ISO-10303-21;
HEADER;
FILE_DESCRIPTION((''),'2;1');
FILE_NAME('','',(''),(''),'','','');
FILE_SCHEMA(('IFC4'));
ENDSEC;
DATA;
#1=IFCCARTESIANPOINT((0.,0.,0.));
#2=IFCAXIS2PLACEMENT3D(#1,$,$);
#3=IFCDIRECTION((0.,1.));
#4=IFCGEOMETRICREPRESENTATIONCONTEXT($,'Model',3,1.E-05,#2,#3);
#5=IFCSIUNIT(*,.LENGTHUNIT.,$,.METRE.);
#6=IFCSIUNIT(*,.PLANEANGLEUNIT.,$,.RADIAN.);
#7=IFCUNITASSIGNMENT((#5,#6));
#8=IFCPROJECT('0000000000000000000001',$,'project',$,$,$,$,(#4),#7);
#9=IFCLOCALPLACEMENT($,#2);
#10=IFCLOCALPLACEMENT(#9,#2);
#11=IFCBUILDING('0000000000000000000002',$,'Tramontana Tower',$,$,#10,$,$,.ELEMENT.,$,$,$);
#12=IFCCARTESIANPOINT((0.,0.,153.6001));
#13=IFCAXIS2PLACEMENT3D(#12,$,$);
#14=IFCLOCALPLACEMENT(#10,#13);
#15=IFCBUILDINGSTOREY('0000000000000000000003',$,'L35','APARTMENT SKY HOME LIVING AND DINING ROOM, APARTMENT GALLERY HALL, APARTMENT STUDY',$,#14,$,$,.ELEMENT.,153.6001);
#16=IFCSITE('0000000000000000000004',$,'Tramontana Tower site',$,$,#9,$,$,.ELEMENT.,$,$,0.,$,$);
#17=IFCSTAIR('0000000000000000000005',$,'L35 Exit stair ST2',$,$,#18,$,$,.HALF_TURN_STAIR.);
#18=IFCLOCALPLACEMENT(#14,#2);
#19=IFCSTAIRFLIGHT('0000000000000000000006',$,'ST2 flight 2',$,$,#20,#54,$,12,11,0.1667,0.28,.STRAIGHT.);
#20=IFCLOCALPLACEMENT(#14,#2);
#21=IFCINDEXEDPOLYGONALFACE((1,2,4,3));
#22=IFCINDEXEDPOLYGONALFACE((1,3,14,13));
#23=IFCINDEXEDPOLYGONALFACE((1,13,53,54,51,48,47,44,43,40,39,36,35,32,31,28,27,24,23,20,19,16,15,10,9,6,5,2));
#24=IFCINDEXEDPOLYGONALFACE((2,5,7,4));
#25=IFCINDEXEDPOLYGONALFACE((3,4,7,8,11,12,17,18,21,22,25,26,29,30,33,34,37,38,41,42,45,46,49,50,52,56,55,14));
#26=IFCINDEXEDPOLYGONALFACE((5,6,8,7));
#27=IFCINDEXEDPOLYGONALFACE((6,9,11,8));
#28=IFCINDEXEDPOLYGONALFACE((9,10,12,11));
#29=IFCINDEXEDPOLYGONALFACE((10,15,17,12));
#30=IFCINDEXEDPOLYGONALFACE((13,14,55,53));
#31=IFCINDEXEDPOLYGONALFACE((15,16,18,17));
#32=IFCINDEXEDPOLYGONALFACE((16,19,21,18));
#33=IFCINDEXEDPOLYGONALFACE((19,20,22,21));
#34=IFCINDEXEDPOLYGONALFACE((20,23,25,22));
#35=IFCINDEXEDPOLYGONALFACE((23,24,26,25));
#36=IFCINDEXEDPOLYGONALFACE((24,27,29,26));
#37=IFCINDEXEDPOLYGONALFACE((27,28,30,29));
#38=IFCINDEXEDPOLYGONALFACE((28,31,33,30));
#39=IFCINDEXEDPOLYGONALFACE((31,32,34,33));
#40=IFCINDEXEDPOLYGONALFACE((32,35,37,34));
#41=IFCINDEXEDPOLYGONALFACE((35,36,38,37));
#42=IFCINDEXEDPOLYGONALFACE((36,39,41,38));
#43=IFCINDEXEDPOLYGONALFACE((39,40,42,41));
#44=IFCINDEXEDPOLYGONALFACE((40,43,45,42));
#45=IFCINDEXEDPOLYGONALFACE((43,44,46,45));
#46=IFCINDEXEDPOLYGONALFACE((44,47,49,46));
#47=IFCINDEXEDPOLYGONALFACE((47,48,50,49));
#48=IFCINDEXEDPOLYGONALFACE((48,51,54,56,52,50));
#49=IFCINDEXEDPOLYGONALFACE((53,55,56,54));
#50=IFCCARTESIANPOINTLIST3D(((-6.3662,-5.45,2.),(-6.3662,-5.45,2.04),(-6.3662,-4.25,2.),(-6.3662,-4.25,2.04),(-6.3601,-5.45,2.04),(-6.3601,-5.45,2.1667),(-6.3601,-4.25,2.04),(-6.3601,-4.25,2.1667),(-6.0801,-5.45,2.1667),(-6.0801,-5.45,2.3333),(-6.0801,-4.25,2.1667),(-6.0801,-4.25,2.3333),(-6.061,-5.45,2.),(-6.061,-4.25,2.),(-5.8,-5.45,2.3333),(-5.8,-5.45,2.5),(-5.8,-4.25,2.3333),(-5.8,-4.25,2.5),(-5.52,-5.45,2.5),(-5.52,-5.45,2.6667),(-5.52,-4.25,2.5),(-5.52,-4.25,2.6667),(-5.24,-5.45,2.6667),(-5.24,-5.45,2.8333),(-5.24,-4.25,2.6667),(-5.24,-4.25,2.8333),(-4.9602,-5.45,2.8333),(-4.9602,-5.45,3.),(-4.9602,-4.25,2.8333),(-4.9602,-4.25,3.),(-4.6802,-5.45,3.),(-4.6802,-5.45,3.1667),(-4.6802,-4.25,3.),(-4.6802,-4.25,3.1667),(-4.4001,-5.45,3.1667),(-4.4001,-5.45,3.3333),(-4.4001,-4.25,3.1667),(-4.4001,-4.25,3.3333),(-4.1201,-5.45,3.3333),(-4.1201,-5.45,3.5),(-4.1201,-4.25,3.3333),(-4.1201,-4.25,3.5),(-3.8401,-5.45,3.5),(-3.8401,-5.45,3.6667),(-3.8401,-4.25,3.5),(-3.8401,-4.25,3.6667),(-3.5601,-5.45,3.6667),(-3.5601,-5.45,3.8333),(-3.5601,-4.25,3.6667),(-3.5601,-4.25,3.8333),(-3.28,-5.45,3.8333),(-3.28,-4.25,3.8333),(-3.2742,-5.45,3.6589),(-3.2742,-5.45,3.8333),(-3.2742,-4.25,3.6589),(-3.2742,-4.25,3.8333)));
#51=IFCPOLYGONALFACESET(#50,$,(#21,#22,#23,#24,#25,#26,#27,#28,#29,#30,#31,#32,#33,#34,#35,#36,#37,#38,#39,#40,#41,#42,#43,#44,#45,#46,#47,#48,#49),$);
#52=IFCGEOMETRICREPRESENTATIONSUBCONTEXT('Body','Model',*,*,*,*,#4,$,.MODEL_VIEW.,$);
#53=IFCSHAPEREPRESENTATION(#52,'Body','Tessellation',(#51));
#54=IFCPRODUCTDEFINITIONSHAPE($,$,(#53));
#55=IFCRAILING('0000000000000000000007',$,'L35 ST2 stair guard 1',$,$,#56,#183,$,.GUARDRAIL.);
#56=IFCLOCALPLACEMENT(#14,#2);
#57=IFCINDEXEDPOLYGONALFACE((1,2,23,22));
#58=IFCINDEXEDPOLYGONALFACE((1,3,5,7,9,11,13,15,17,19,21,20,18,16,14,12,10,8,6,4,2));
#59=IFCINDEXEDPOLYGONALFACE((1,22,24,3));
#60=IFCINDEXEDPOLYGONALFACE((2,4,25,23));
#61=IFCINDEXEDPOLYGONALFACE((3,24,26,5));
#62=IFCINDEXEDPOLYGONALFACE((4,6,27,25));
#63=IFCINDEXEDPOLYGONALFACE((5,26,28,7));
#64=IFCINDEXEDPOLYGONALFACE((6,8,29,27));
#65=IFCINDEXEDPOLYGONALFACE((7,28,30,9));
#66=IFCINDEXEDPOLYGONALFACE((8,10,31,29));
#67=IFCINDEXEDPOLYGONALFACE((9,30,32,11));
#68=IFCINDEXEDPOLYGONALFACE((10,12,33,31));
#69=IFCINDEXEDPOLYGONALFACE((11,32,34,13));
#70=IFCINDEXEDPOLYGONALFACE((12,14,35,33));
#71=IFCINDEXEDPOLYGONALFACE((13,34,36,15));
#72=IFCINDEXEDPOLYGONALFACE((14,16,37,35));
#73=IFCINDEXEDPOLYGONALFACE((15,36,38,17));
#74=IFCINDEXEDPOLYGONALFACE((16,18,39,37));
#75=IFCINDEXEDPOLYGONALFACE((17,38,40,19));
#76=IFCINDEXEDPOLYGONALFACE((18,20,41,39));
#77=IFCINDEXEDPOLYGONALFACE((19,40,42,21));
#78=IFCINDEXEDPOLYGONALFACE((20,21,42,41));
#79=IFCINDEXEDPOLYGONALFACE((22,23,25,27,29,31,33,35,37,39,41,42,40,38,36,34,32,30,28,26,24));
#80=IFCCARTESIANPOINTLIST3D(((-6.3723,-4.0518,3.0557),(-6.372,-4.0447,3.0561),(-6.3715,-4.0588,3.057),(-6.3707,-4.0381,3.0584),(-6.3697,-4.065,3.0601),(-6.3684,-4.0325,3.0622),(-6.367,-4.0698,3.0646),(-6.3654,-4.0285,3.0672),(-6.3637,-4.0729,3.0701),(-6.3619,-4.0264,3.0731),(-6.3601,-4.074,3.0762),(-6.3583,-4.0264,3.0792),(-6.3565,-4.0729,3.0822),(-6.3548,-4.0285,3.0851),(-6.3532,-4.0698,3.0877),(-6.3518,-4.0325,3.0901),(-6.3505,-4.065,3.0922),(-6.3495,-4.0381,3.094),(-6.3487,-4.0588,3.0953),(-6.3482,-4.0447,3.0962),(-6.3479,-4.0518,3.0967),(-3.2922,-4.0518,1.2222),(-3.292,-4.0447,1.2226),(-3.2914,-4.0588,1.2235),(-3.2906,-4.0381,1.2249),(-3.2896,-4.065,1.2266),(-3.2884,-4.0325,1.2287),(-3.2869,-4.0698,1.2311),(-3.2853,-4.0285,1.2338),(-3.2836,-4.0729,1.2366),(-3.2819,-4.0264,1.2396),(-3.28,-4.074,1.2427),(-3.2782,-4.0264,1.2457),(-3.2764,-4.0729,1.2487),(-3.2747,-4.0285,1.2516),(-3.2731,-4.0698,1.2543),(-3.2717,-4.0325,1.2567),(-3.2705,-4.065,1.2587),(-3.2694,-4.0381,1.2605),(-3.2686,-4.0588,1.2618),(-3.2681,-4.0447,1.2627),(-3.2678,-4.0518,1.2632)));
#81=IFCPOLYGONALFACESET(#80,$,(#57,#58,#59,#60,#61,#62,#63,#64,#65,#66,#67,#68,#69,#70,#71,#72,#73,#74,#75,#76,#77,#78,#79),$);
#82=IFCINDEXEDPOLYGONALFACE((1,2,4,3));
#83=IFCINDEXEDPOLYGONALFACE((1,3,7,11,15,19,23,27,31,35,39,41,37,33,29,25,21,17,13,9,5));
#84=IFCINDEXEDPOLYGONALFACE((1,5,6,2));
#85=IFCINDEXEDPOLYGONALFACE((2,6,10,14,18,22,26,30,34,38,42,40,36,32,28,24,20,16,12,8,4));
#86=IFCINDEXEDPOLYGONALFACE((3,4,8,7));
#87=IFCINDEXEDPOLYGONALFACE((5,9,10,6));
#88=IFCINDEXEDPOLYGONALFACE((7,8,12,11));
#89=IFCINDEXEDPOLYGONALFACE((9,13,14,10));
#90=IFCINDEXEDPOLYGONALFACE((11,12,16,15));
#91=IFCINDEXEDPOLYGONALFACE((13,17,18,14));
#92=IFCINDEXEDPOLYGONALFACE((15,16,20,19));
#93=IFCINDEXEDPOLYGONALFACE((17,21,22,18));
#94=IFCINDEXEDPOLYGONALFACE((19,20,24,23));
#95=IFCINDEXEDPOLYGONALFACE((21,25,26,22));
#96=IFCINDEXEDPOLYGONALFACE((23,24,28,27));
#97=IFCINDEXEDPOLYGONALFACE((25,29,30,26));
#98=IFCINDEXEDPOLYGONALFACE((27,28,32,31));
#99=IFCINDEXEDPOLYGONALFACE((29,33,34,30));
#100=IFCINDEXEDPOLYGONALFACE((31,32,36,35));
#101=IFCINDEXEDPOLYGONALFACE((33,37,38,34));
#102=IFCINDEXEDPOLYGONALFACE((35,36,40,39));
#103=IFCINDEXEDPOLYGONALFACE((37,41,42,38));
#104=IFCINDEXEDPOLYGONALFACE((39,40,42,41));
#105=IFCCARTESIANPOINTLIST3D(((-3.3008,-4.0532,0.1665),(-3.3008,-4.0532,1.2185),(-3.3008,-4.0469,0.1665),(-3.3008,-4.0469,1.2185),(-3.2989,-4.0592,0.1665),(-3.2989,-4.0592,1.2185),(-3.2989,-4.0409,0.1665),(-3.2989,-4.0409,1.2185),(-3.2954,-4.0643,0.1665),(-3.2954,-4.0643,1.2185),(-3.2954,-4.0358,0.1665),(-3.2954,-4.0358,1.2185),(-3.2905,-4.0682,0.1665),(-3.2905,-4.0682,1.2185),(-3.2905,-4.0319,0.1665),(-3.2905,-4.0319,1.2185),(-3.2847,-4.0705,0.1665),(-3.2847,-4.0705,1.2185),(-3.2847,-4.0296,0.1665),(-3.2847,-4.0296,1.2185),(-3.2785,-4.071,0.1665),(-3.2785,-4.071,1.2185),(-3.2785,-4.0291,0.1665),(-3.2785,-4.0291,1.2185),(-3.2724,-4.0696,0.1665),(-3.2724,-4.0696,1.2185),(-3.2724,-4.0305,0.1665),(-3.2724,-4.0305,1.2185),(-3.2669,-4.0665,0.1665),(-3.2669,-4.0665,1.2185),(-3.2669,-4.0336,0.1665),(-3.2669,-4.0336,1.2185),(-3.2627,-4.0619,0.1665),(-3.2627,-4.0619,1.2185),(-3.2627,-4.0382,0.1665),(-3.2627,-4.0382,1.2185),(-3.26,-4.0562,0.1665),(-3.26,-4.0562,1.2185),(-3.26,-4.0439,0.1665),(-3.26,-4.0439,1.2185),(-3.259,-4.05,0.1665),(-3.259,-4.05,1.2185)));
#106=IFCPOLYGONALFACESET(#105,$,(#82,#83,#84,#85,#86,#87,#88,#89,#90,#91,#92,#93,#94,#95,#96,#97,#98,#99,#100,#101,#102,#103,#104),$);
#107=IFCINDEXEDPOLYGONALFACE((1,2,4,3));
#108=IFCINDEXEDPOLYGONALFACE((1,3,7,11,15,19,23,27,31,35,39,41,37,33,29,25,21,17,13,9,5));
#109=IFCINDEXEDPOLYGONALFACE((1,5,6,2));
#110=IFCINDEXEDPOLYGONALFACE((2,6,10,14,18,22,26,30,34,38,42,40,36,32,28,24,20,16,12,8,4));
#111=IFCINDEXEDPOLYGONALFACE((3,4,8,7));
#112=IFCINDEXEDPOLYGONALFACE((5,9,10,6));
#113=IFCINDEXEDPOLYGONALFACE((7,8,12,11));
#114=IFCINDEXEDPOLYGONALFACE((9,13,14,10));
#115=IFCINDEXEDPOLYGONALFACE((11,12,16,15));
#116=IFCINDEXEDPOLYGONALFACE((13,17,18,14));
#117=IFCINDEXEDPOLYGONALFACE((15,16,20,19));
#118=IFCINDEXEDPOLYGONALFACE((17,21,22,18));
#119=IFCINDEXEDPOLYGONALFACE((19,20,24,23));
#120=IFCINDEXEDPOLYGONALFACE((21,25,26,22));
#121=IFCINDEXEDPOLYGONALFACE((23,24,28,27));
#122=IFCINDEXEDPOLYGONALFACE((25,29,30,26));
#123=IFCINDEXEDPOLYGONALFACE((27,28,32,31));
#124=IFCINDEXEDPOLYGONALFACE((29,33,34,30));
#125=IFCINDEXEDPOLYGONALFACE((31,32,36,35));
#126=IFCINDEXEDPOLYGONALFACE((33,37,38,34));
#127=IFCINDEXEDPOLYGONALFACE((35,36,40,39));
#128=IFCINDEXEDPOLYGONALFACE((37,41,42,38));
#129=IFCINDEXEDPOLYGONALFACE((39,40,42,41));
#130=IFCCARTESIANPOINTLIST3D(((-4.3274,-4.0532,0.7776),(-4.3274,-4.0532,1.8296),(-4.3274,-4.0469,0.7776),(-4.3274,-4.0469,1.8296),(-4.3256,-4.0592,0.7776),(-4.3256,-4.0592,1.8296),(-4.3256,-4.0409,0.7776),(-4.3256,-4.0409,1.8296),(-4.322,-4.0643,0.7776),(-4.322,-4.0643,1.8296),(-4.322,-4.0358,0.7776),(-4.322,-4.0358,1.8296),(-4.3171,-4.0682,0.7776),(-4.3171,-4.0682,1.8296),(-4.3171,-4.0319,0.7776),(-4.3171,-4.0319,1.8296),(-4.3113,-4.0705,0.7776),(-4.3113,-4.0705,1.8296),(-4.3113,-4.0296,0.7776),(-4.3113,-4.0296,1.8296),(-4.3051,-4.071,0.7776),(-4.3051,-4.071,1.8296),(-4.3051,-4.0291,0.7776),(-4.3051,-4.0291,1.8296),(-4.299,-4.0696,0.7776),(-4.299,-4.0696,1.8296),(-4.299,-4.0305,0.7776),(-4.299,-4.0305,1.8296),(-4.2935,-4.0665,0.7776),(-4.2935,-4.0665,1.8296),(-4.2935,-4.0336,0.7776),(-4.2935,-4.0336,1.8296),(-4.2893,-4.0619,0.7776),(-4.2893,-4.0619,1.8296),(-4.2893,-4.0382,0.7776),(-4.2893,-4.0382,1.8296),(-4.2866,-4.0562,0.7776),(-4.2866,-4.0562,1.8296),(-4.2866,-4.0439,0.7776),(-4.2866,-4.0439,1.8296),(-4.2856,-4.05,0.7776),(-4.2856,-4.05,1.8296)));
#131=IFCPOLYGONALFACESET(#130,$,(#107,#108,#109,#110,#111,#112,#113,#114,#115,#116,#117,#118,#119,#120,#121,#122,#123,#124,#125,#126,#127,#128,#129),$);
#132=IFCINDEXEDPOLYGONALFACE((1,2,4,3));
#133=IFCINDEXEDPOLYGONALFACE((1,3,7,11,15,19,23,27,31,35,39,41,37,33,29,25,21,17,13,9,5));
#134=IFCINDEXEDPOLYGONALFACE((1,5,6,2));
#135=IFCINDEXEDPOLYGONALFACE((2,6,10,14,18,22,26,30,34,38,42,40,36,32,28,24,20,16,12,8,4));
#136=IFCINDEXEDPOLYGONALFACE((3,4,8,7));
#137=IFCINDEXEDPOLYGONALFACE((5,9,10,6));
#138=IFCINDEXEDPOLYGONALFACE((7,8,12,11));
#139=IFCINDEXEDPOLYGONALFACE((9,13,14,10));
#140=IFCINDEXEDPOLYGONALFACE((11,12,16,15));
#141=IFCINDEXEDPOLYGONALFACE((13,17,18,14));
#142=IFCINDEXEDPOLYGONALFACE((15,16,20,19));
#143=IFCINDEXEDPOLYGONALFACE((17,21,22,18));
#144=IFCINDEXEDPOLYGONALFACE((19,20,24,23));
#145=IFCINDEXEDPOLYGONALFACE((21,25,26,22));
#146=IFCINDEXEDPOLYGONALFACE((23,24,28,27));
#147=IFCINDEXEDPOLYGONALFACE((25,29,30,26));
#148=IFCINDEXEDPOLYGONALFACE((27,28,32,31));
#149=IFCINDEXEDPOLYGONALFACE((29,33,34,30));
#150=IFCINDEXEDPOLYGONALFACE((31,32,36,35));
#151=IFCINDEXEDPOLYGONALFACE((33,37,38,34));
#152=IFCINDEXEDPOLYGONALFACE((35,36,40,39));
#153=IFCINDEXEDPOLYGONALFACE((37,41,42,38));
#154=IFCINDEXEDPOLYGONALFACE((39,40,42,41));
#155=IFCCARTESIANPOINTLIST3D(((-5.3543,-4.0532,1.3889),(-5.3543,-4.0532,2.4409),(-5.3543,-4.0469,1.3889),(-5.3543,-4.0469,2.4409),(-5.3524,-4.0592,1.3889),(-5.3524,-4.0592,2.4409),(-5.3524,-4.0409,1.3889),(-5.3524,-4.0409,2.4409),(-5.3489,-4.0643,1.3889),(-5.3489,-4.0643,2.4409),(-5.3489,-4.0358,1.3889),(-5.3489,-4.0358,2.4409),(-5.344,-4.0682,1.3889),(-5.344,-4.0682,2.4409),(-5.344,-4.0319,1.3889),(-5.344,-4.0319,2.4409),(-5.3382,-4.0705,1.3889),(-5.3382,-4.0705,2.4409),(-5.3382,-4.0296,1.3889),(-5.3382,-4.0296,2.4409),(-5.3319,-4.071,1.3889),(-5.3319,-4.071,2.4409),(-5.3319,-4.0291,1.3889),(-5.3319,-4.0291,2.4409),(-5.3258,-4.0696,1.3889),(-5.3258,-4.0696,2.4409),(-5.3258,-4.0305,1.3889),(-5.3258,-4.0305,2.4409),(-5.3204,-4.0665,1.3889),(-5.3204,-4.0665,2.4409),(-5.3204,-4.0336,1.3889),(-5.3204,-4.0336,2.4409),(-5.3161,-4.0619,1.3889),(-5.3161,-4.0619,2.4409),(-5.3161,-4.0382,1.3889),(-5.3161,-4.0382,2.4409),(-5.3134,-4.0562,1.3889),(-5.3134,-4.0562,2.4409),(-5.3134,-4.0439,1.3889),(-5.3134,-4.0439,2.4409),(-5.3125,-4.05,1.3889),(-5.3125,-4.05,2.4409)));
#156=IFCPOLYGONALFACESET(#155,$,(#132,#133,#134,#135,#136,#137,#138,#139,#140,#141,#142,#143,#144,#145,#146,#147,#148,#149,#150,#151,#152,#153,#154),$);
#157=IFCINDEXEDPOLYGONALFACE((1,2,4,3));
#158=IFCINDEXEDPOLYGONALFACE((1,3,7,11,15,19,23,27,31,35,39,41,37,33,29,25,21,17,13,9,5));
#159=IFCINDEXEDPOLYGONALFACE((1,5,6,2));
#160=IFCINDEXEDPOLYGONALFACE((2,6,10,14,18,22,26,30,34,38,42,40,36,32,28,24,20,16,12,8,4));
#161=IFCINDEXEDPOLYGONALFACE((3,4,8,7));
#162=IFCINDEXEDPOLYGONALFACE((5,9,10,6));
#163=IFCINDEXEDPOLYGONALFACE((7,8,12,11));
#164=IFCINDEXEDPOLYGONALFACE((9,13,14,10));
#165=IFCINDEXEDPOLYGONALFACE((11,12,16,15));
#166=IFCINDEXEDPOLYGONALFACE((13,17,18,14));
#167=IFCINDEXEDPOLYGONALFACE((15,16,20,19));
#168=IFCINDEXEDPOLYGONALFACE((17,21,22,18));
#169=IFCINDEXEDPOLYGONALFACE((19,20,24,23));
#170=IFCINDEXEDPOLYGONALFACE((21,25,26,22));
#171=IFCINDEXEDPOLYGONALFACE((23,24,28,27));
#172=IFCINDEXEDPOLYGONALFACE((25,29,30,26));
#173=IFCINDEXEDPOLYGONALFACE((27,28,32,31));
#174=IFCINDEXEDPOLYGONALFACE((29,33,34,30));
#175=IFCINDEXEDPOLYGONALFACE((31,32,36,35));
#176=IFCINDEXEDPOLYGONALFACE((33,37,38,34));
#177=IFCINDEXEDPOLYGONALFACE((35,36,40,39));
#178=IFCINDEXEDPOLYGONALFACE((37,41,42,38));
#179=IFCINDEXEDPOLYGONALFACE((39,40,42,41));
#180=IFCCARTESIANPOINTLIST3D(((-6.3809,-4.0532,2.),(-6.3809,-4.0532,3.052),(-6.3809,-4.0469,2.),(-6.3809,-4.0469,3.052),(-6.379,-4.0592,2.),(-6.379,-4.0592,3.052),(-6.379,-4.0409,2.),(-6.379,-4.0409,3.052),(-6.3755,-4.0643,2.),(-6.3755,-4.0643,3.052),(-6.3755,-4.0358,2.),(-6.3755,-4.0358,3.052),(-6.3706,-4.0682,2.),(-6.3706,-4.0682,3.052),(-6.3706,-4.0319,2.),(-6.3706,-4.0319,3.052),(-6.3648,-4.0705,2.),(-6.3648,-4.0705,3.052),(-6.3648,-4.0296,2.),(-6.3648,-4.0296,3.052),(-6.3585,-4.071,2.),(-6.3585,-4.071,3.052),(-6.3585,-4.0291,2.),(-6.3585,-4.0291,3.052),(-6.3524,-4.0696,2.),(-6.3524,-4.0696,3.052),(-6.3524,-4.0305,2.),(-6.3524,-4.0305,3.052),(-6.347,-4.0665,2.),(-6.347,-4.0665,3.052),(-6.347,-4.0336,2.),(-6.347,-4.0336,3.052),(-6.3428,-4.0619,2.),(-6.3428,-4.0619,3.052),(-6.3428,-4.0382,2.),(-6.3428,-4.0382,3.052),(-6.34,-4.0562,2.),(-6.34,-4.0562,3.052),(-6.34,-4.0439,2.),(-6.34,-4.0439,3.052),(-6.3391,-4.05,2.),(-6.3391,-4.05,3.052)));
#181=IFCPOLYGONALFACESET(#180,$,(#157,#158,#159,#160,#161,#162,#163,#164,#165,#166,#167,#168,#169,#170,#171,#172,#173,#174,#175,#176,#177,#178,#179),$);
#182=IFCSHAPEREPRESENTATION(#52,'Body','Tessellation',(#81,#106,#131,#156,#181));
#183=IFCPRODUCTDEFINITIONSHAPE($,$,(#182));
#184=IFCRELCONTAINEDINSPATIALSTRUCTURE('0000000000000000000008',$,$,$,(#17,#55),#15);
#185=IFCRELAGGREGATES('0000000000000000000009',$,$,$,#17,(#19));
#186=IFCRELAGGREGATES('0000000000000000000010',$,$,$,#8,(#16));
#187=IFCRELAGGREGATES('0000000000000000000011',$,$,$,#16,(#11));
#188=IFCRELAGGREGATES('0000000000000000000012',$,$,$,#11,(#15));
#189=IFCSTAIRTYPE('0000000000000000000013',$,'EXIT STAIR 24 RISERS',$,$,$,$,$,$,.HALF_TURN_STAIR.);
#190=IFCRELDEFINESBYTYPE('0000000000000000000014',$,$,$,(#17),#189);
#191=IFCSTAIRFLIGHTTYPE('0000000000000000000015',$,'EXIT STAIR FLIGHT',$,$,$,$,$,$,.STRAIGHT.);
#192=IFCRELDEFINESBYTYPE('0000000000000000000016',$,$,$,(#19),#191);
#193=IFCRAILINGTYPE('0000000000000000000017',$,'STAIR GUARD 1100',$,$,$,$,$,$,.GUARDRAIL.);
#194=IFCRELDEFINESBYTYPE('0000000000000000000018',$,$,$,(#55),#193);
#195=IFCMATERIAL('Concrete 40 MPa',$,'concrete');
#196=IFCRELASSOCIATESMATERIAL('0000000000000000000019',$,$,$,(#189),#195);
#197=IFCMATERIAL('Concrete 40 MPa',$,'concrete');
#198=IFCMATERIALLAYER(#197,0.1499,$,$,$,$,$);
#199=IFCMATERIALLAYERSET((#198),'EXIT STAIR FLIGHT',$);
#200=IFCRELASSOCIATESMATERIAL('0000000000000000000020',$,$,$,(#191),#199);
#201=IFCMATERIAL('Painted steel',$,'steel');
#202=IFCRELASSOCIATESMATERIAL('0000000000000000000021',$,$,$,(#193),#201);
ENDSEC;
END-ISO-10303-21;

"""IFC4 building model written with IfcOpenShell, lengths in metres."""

from ifc_helpers import new_model, si_unit, direction, frame, origin, origin_2d, place, context, subcontext, project, spatial, polyline, circle, outline, extrude, material, layer, layer_set, type_object, element, aggregate, save


model = new_model("IFC4")

# Units and contexts
model_context = context("Model", 3, precision=1e-05, world=origin(), true_north=direction((0.0, 1.0)))
body_context = subcontext(model_context, "Body", "Model", "MODEL_VIEW")
ifc_project = project(units=[si_unit("LENGTHUNIT", "METRE"), si_unit("PLANEANGLEUNIT", "RADIAN")], contexts=[model_context])

# Site, building, storey
site_placement = place(None, origin())
site = spatial("IfcSite", under=ifc_project, at=site_placement, Name="Tramontana Tower site", CompositionType="ELEMENT", RefElevation=0.0)
building_placement = place(site_placement, origin())
building = spatial("IfcBuilding", under=site, at=building_placement, Name="Tramontana Tower", CompositionType="ELEMENT")
storey_placement = place(building_placement, frame((0.0, 0.0, 153.6001)))
storey = spatial("IfcBuildingStorey", under=building, at=storey_placement, Name="L35", Description="APARTMENT SKY HOME LIVING AND DINING ROOM, APARTMENT GALLERY HALL, APARTMENT STUDY", CompositionType="ELEMENT", Elevation=153.6001)

# Stair, stair flight
ifc_material_1 = material(Name="Concrete 40 MPa", Category="concrete")
stair_type = type_object("IfcStairType", Name="EXIT STAIR 24 RISERS", PredefinedType="HALF_TURN_STAIR", material=ifc_material_1)
stair_placement = place(storey_placement, origin())
stair = element("IfcStair", 1, at=stair_placement, inside=storey, type_object=stair_type, Name="L35 Exit stair ST2", PredefinedType="HALF_TURN_STAIR")
ifc_material_2 = material(Name="Concrete 40 MPa", Category="concrete")
ifc_layer_1 = layer(ifc_material_2, 0.1499)
ifc_layer_set_1 = layer_set([ifc_layer_1], Name="EXIT STAIR FLIGHT")
stair_flight_type = type_object("IfcStairFlightType", Name="EXIT STAIR FLIGHT", PredefinedType="STRAIGHT", material=ifc_layer_set_1)
stair_flight_1_placement = place(storey_placement, frame((-6.3601, -4.8501, 2.0), z_axis=(0.0, 0.0, 1.0), x_axis=(1.0, 0.0, 0.0)))
stair_flight_1 = element("IfcStairFlight", 2, at=stair_flight_1_placement, type_object=stair_flight_type, Name="ST2 flight 2", NumberOfRisers=12, NumberOfTreads=11, PredefinedType="STRAIGHT", RiserHeight=0.1667, TreadLength=0.28, context=body_context, shape_type="SweptSolid", body=[
    extrude(outline(polyline([(-0.0061, 0.0), (-0.0061, 0.04), (0.0, 0.04), (0.0, 0.1667), (0.28, 0.1667), (0.28, 0.3333), (0.5601, 0.3333), (0.5601, 0.5), (0.8401, 0.5), (0.8401, 0.6667), (1.1201, 0.6667), (1.1201, 0.8333), (1.3999, 0.8333), (1.3999, 1.0), (1.6799, 1.0), (1.6799, 1.1667), (1.96, 1.1667), (1.96, 1.3333), (2.24, 1.3333), (2.24, 1.5), (2.52, 1.5), (2.52, 1.6667), (2.8, 1.6667), (2.8, 1.8333), (3.0801, 1.8333), (3.0859, 1.8333), (3.0859, 1.6589), (0.2991, 0.0), (-0.0061, 0.0)])), frame((0.0, 0.6001, 0.0), z_axis=(0.0, -1.0, 0.0), x_axis=(1.0, 0.0, 0.0)), (0.0, 0.0, 1.0), 1.2),
])
aggregate(stair, [stair_flight_1])

# Railing
ifc_material_3 = material(Name="Painted steel", Category="steel")
railing_type_1 = type_object("IfcRailingType", Name="STAIR GUARD 1100", PredefinedType="GUARDRAIL", material=ifc_material_3)
railing_1_placement = place(storey_placement, frame((-3.28, -4.05, 0.1665)))
element("IfcRailing", 3, at=railing_1_placement, inside=storey, type_object=railing_type_1, Name="L35 ST2 stair guard 1", PredefinedType="GUARDRAIL", context=body_context, shape_type="SweptSolid", body=[
    extrude(circle(Radius=0.0239, at=origin_2d()), frame((0.0, 0.0, 1.0762), z_axis=(-0.859279, 0.0, 0.511508), x_axis=(0.0, -1.0, 0.0)), (0.0, 0.0, 1.0), 3.5845),
    extrude(circle(Radius=0.021, at=origin_2d()), origin(), (0.0, 0.0, 1.0), 1.052),
    extrude(circle(Radius=0.021, at=origin_2d()), frame((-1.0266, 0.0, 0.6111)), (0.0, 0.0, 1.0), 1.052),
    extrude(circle(Radius=0.021, at=origin_2d()), frame((-2.0535, 0.0, 1.2224)), (0.0, 0.0, 1.0), 1.052),
    extrude(circle(Radius=0.021, at=origin_2d()), frame((-3.0801, 0.0, 1.8335)), (0.0, 0.0, 1.0), 1.052),
])

save(model, "model.ifc")
